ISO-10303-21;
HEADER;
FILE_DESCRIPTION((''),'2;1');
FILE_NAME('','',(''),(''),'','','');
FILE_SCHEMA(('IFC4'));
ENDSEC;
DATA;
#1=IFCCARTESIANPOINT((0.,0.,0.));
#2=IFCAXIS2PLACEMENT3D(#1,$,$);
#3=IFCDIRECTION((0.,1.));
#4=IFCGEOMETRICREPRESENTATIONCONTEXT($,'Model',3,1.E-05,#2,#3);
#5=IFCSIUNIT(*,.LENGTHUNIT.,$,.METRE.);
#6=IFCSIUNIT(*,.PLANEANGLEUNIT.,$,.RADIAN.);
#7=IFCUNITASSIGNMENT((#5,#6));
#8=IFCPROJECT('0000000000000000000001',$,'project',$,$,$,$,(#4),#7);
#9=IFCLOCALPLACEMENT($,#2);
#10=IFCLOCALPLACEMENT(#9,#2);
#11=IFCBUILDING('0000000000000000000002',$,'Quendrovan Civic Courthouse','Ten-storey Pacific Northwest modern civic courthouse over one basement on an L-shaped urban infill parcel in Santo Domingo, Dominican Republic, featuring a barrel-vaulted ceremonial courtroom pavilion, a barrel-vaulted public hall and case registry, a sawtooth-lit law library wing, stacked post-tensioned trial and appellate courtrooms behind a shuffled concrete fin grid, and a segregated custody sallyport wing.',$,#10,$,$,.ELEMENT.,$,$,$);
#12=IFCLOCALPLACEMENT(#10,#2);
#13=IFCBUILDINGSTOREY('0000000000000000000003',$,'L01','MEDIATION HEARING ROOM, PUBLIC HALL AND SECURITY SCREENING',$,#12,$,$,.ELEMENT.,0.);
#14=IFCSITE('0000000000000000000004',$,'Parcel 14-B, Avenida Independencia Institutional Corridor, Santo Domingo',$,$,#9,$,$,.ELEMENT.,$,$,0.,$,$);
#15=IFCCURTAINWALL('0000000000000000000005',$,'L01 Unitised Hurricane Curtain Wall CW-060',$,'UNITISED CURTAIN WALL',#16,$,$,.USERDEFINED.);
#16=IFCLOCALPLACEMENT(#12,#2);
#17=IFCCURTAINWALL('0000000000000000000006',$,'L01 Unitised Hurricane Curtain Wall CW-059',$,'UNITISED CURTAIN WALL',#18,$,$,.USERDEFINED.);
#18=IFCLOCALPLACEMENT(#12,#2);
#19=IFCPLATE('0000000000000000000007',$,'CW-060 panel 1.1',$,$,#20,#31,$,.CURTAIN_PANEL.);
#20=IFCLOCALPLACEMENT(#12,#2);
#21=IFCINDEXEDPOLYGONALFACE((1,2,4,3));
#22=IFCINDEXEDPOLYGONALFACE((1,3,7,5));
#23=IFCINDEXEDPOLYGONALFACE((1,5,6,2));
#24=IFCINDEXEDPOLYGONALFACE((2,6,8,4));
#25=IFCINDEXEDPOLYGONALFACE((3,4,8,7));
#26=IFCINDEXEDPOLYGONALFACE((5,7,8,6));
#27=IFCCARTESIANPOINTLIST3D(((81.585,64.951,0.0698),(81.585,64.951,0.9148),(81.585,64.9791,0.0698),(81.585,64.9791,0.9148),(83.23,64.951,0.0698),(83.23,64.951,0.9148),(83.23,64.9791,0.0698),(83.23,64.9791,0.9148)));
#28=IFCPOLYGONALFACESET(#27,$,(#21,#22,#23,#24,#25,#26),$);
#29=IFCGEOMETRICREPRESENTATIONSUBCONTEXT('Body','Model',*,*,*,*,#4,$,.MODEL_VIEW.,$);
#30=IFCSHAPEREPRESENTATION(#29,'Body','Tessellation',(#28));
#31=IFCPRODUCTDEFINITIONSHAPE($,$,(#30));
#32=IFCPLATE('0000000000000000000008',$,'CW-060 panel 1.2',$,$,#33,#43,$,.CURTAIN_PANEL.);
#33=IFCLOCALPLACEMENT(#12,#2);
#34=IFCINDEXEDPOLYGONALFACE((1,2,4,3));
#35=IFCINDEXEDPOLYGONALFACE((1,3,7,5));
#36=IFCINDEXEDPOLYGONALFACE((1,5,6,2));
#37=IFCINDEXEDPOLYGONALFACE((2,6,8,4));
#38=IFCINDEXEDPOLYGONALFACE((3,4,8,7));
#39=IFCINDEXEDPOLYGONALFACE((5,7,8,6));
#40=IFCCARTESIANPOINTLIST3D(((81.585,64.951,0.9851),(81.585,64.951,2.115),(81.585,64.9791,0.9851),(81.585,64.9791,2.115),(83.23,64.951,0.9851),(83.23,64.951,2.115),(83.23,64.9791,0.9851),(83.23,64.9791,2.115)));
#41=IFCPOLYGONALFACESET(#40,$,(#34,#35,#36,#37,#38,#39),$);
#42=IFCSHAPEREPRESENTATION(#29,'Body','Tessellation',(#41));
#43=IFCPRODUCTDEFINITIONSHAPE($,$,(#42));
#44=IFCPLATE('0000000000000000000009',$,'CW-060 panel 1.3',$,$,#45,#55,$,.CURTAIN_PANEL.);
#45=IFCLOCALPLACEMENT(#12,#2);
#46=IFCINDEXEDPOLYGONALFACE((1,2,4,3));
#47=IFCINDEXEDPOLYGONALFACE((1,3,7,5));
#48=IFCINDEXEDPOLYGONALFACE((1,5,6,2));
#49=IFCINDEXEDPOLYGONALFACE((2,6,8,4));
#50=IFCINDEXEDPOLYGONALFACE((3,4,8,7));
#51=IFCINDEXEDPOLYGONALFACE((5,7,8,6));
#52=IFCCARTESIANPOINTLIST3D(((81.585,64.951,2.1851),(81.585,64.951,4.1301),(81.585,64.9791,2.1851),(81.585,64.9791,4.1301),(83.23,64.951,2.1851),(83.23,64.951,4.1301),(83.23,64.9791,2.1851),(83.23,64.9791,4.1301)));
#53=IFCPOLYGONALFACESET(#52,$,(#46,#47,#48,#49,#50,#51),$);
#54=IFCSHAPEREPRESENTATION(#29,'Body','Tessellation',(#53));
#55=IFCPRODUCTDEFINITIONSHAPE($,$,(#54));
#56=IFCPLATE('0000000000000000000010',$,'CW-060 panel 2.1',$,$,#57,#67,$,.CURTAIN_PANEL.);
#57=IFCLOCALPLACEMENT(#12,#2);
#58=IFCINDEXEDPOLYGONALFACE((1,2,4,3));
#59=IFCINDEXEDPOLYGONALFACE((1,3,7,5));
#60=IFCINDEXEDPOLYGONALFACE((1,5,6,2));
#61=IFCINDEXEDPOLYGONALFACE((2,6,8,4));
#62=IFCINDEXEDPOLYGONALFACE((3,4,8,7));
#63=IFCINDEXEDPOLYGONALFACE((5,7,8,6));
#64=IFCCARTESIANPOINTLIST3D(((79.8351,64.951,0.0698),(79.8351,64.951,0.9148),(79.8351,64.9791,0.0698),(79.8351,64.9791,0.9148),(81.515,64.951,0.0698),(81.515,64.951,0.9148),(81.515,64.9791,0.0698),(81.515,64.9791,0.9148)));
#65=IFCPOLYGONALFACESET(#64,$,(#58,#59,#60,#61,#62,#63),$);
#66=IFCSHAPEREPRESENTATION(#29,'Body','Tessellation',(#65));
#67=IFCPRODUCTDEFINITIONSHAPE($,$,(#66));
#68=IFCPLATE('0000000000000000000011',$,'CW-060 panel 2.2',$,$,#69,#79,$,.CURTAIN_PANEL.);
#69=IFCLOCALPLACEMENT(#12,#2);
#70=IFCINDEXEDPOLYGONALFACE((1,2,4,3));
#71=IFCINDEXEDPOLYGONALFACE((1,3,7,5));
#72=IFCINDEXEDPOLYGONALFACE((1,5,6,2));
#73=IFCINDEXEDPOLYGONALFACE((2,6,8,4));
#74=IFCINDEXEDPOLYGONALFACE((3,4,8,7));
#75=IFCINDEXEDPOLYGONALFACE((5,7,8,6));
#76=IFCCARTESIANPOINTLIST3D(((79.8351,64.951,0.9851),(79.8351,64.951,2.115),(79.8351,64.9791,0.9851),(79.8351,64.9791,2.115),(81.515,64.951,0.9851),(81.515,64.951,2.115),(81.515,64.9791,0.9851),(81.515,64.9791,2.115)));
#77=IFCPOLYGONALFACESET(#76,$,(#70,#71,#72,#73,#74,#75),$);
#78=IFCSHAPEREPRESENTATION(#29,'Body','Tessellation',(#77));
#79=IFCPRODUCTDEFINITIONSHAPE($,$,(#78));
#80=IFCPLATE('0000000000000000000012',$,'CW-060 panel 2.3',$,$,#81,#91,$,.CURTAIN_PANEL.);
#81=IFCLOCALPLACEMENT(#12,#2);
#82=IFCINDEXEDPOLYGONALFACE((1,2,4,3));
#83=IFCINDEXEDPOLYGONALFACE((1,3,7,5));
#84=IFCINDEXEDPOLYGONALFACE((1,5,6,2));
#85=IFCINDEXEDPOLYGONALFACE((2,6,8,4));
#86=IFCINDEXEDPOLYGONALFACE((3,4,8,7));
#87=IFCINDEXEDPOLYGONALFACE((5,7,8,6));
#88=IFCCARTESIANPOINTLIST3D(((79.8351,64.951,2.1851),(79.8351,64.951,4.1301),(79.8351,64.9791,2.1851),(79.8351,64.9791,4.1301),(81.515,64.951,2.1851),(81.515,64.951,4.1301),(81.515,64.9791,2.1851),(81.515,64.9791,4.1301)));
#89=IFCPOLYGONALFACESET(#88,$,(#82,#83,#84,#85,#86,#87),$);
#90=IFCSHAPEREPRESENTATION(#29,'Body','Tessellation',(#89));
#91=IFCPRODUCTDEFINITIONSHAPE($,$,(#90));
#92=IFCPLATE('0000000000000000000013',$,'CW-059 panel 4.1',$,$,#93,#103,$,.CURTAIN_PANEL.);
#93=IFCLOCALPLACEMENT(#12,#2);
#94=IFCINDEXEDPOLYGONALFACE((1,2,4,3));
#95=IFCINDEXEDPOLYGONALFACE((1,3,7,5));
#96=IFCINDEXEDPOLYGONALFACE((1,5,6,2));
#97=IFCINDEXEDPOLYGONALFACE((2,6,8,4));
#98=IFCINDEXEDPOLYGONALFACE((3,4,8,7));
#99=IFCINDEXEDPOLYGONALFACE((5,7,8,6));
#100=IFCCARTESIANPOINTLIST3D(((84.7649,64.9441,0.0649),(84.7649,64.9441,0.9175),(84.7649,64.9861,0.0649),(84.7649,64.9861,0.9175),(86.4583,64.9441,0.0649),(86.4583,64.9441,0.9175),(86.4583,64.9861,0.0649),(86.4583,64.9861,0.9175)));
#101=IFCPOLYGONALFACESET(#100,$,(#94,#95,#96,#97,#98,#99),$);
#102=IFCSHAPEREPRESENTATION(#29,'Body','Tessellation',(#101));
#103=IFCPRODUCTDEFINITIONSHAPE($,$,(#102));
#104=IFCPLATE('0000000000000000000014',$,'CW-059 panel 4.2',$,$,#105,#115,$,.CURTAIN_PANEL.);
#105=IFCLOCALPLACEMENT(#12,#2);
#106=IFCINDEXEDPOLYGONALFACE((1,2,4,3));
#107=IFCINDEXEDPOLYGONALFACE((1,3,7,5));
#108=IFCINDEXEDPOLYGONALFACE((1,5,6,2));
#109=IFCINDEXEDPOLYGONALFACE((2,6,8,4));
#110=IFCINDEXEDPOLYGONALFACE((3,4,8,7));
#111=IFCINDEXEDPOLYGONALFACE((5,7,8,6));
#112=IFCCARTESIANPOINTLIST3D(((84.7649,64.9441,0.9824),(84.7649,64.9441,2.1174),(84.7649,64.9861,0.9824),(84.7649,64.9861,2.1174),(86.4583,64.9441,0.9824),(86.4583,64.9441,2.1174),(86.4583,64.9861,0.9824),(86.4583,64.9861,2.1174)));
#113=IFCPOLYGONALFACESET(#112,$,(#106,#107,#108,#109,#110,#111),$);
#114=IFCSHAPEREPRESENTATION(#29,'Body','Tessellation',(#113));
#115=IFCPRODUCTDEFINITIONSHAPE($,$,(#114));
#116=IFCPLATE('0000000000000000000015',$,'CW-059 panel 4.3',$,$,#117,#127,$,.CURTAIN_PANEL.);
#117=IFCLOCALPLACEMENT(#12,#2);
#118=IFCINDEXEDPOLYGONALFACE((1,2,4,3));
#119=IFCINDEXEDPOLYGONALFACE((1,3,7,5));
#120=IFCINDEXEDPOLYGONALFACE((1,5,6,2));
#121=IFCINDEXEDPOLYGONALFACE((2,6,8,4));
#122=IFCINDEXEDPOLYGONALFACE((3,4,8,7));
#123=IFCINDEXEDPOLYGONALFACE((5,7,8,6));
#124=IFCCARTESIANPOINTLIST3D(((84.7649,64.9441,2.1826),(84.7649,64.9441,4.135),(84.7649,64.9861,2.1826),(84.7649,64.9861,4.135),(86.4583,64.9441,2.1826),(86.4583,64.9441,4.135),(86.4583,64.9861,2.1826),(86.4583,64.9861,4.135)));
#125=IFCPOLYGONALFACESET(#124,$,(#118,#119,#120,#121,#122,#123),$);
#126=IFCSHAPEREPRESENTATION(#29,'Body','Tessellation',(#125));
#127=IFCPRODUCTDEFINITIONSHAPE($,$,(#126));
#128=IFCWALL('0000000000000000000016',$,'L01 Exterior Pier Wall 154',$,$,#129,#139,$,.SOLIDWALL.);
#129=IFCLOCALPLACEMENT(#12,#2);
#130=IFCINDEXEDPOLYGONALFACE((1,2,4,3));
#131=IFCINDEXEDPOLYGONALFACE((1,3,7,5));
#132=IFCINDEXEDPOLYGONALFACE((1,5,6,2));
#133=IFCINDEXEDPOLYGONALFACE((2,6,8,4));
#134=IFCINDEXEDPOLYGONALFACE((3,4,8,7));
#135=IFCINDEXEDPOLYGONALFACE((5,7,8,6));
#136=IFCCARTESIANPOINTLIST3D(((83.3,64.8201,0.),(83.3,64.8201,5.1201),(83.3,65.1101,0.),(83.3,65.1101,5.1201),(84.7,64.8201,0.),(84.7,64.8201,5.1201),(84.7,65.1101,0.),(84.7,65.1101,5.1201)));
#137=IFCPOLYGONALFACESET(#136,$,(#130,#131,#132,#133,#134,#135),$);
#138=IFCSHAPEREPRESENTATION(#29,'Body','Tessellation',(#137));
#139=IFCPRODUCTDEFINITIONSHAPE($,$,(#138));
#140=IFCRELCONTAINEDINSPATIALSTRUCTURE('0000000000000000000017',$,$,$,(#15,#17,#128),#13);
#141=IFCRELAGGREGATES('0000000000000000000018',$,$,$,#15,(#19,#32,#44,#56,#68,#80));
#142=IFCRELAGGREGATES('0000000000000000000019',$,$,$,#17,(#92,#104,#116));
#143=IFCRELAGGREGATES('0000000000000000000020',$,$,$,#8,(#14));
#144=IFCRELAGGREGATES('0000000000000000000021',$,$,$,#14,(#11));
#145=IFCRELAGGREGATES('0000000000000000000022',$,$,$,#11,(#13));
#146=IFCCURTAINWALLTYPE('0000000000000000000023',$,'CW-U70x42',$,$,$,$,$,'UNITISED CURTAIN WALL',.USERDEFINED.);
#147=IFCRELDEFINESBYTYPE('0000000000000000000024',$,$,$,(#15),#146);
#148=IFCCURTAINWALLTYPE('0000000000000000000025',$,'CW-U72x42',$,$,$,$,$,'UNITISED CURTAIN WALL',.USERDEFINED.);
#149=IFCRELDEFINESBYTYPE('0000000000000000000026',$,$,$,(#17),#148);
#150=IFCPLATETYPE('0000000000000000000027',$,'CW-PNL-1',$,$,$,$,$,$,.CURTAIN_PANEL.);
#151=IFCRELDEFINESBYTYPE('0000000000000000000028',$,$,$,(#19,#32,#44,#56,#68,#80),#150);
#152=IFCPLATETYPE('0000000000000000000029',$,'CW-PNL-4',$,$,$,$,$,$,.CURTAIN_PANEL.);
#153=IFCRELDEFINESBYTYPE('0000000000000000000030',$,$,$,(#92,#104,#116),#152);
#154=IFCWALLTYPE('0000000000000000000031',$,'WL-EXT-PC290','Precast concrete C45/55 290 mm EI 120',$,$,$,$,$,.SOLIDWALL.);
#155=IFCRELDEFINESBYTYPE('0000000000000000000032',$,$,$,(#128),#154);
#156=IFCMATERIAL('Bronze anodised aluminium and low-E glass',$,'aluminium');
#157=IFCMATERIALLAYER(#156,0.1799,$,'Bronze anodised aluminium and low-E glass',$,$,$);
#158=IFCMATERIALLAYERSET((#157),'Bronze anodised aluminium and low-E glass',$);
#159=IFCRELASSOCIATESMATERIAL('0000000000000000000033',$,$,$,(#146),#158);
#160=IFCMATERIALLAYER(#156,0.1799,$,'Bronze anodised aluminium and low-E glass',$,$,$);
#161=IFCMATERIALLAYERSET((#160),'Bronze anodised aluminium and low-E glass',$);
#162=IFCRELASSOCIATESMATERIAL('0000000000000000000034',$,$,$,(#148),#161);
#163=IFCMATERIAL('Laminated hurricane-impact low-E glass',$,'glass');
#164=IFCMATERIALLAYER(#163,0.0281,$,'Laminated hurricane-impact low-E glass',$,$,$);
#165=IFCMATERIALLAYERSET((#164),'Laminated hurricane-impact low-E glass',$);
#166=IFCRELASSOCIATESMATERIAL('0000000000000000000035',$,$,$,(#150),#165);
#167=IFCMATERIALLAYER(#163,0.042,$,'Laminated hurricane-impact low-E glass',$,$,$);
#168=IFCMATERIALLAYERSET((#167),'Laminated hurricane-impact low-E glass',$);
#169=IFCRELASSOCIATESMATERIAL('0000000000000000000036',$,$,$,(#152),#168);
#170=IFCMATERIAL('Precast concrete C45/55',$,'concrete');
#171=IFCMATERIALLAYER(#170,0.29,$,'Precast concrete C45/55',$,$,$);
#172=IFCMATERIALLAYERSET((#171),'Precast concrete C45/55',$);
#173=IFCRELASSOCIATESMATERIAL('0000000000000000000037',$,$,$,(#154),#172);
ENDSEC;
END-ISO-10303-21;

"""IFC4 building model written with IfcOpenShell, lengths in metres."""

from ifc_helpers import new_model, si_unit, direction, frame, frame_2d, origin, origin_2d, place, context, subcontext, project, spatial, rectangle, extrude, material, layer, layer_set, type_object, element, aggregate, save


model = new_model("IFC4")

# Units and contexts
model_context = context("Model", 3, precision=1e-05, world=origin(), true_north=direction((0.0, 1.0)))
body_context = subcontext(model_context, "Body", "Model", "MODEL_VIEW")
ifc_project = project(units=[si_unit("LENGTHUNIT", "METRE"), si_unit("PLANEANGLEUNIT", "RADIAN")], contexts=[model_context])

# Site, building, storey
site_placement = place(None, origin())
site = spatial("IfcSite", under=ifc_project, at=site_placement, Name="Parcel 14-B, Avenida Independencia Institutional Corridor, Santo Domingo", CompositionType="ELEMENT", RefElevation=0.0)
building_placement = place(site_placement, origin())
building = spatial("IfcBuilding", under=site, at=building_placement, Name="Quendrovan Civic Courthouse", Description="Ten-storey Pacific Northwest modern civic courthouse over one basement on an L-shaped urban infill parcel in Santo Domingo, Dominican Republic, featuring a barrel-vaulted ceremonial courtroom pavilion, a barrel-vaulted public hall and case registry, a sawtooth-lit law library wing, stacked post-tensioned trial and appellate courtrooms behind a shuffled concrete fin grid, and a segregated custody sallyport wing.", CompositionType="ELEMENT")
storey_placement = place(building_placement, origin())
storey = spatial("IfcBuildingStorey", under=building, at=storey_placement, Name="L01", Description="MEDIATION HEARING ROOM, PUBLIC HALL AND SECURITY SCREENING", CompositionType="ELEMENT", Elevation=0.0)

# Curtain wall
ifc_material_1 = material(Name="Bronze anodised aluminium and low-E glass", Category="aluminium")
ifc_layer_1 = layer(ifc_material_1, 0.1799, Name="Bronze anodised aluminium and low-E glass")
ifc_layer_set_1 = layer_set([ifc_layer_1], Name="Bronze anodised aluminium and low-E glass")
curtain_wall_type_1 = type_object("IfcCurtainWallType", Name="CW-U70x42", ElementType="UNITISED CURTAIN WALL", PredefinedType="USERDEFINED", material=ifc_layer_set_1)
curtain_wall_1_placement = place(storey_placement, origin())
curtain_wall_1 = element("IfcCurtainWall", 1, at=curtain_wall_1_placement, inside=storey, type_object=curtain_wall_type_1, Name="L01 Unitised Hurricane Curtain Wall CW-060", ObjectType="UNITISED CURTAIN WALL", PredefinedType="USERDEFINED")

# Curtain wall
ifc_layer_2 = layer(ifc_material_1, 0.1799, Name="Bronze anodised aluminium and low-E glass")
ifc_layer_set_2 = layer_set([ifc_layer_2], Name="Bronze anodised aluminium and low-E glass")
curtain_wall_type_2 = type_object("IfcCurtainWallType", Name="CW-U72x42", ElementType="UNITISED CURTAIN WALL", PredefinedType="USERDEFINED", material=ifc_layer_set_2)
curtain_wall_2_placement = place(storey_placement, origin())
curtain_wall_2 = element("IfcCurtainWall", 2, at=curtain_wall_2_placement, inside=storey, type_object=curtain_wall_type_2, Name="L01 Unitised Hurricane Curtain Wall CW-059", ObjectType="UNITISED CURTAIN WALL", PredefinedType="USERDEFINED")

# Plates
ifc_material_2 = material(Name="Laminated hurricane-impact low-E glass", Category="glass")
ifc_layer_3 = layer(ifc_material_2, 0.0281, Name="Laminated hurricane-impact low-E glass")
ifc_layer_set_3 = layer_set([ifc_layer_3], Name="Laminated hurricane-impact low-E glass")
plate_type_1 = type_object("IfcPlateType", Name="CW-PNL-1", PredefinedType="CURTAIN_PANEL", material=ifc_layer_set_3)
plate_1_placement = place(storey_placement, frame((82.4075, 64.9651, 0.0698), z_axis=(0.0, 0.0, 1.0), x_axis=(-1.0, 0.0, 0.0)))
plate_1 = element("IfcPlate", 3, at=plate_1_placement, type_object=plate_type_1, Name="CW-060 panel 1.1", PredefinedType="CURTAIN_PANEL", context=body_context, shape_type="SweptSolid", body=[
    extrude(rectangle(XDim=1.645, YDim=0.0281, at=origin_2d()), origin(), (0.0, 0.0, 1.0), 0.845),
])
plate_2_placement = place(storey_placement, frame((82.4075, 64.9651, 0.9851), z_axis=(0.0, 0.0, 1.0), x_axis=(-1.0, 0.0, 0.0)))
plate_2 = element("IfcPlate", 4, at=plate_2_placement, type_object=plate_type_1, Name="CW-060 panel 1.2", PredefinedType="CURTAIN_PANEL", context=body_context, shape_type="SweptSolid", body=[
    extrude(rectangle(XDim=1.645, YDim=0.0281, at=origin_2d()), origin(), (0.0, 0.0, 1.0), 1.1299),
])
plate_3_placement = place(storey_placement, frame((82.4075, 64.9651, 2.1851), z_axis=(0.0, 0.0, 1.0), x_axis=(-1.0, 0.0, 0.0)))
plate_3 = element("IfcPlate", 5, at=plate_3_placement, type_object=plate_type_1, Name="CW-060 panel 1.3", PredefinedType="CURTAIN_PANEL", context=body_context, shape_type="SweptSolid", body=[
    extrude(rectangle(XDim=1.645, YDim=0.0281, at=origin_2d()), origin(), (0.0, 0.0, 1.0), 1.9451),
])
plate_4_placement = place(storey_placement, frame((80.675, 64.9651, 0.0698), z_axis=(0.0, 0.0, 1.0), x_axis=(-1.0, 0.0, 0.0)))
plate_4 = element("IfcPlate", 6, at=plate_4_placement, type_object=plate_type_1, Name="CW-060 panel 2.1", PredefinedType="CURTAIN_PANEL", context=body_context, shape_type="SweptSolid", body=[
    extrude(rectangle(XDim=1.6799, YDim=0.0281, at=origin_2d()), origin(), (0.0, 0.0, 1.0), 0.845),
])
plate_5_placement = place(storey_placement, frame((80.675, 64.9651, 0.9851), z_axis=(0.0, 0.0, 1.0), x_axis=(-1.0, 0.0, 0.0)))
plate_5 = element("IfcPlate", 7, at=plate_5_placement, type_object=plate_type_1, Name="CW-060 panel 2.2", PredefinedType="CURTAIN_PANEL", context=body_context, shape_type="SweptSolid", body=[
    extrude(rectangle(XDim=1.6799, YDim=0.0281, at=origin_2d()), origin(), (0.0, 0.0, 1.0), 1.1299),
])
plate_6_placement = place(storey_placement, frame((80.675, 64.9651, 2.1851), z_axis=(0.0, 0.0, 1.0), x_axis=(-1.0, 0.0, 0.0)))
plate_6 = element("IfcPlate", 8, at=plate_6_placement, type_object=plate_type_1, Name="CW-060 panel 2.3", PredefinedType="CURTAIN_PANEL", context=body_context, shape_type="SweptSolid", body=[
    extrude(rectangle(XDim=1.6799, YDim=0.0281, at=origin_2d()), origin(), (0.0, 0.0, 1.0), 1.9451),
])
aggregate(curtain_wall_1, [plate_1, plate_2, plate_3, plate_4, plate_5, plate_6])
ifc_layer_4 = layer(ifc_material_2, 0.042, Name="Laminated hurricane-impact low-E glass")
ifc_layer_set_4 = layer_set([ifc_layer_4], Name="Laminated hurricane-impact low-E glass")
plate_type_2 = type_object("IfcPlateType", Name="CW-PNL-4", PredefinedType="CURTAIN_PANEL", material=ifc_layer_set_4)
plate_7_placement = place(storey_placement, frame((85.6116, 64.9651, 0.0649), z_axis=(0.0, 0.0, 1.0), x_axis=(-1.0, 0.0, 0.0)))
plate_7 = element("IfcPlate", 9, at=plate_7_placement, type_object=plate_type_2, Name="CW-059 panel 4.1", PredefinedType="CURTAIN_PANEL", context=body_context, shape_type="SweptSolid", body=[
    extrude(rectangle(XDim=1.6934, YDim=0.042, at=origin_2d()), origin(), (0.0, 0.0, 1.0), 0.8525),
])
plate_8_placement = place(storey_placement, frame((85.6116, 64.9651, 0.9824), z_axis=(0.0, 0.0, 1.0), x_axis=(-1.0, 0.0, 0.0)))
plate_8 = element("IfcPlate", 10, at=plate_8_placement, type_object=plate_type_2, Name="CW-059 panel 4.2", PredefinedType="CURTAIN_PANEL", context=body_context, shape_type="SweptSolid", body=[
    extrude(rectangle(XDim=1.6934, YDim=0.042, at=origin_2d()), origin(), (0.0, 0.0, 1.0), 1.135),
])
plate_9_placement = place(storey_placement, frame((85.6116, 64.9651, 2.1826), z_axis=(0.0, 0.0, 1.0), x_axis=(-1.0, 0.0, 0.0)))
plate_9 = element("IfcPlate", 11, at=plate_9_placement, type_object=plate_type_2, Name="CW-059 panel 4.3", PredefinedType="CURTAIN_PANEL", context=body_context, shape_type="SweptSolid", body=[
    extrude(rectangle(XDim=1.6934, YDim=0.042, at=origin_2d()), origin(), (0.0, 0.0, 1.0), 1.9524),
])
aggregate(curtain_wall_2, [plate_7, plate_8, plate_9])

# Wall
ifc_material_3 = material(Name="Precast concrete C45/55", Category="concrete")
ifc_layer_5 = layer(ifc_material_3, 0.29, Name="Precast concrete C45/55")
ifc_layer_set_5 = layer_set([ifc_layer_5], Name="Precast concrete C45/55")
wall_type = type_object("IfcWallType", Name="WL-EXT-PC290", Description="Precast concrete C45/55 290 mm EI 120", PredefinedType="SOLIDWALL", material=ifc_layer_set_5)
wall_placement = place(storey_placement, frame((84.7, 64.9651, 0.0), z_axis=(0.0, 0.0, 1.0), x_axis=(-1.0, 0.0, 0.0)))
element("IfcWall", 12, at=wall_placement, inside=storey, type_object=wall_type, Name="L01 Exterior Pier Wall 154", PredefinedType="SOLIDWALL", context=body_context, shape_type="SweptSolid", body=[
    extrude(rectangle(XDim=1.3999, YDim=0.29, at=frame_2d((0.7, 0.0))), origin(), (0.0, 0.0, 1.0), 5.1201),
])

save(model, "model.ifc")
